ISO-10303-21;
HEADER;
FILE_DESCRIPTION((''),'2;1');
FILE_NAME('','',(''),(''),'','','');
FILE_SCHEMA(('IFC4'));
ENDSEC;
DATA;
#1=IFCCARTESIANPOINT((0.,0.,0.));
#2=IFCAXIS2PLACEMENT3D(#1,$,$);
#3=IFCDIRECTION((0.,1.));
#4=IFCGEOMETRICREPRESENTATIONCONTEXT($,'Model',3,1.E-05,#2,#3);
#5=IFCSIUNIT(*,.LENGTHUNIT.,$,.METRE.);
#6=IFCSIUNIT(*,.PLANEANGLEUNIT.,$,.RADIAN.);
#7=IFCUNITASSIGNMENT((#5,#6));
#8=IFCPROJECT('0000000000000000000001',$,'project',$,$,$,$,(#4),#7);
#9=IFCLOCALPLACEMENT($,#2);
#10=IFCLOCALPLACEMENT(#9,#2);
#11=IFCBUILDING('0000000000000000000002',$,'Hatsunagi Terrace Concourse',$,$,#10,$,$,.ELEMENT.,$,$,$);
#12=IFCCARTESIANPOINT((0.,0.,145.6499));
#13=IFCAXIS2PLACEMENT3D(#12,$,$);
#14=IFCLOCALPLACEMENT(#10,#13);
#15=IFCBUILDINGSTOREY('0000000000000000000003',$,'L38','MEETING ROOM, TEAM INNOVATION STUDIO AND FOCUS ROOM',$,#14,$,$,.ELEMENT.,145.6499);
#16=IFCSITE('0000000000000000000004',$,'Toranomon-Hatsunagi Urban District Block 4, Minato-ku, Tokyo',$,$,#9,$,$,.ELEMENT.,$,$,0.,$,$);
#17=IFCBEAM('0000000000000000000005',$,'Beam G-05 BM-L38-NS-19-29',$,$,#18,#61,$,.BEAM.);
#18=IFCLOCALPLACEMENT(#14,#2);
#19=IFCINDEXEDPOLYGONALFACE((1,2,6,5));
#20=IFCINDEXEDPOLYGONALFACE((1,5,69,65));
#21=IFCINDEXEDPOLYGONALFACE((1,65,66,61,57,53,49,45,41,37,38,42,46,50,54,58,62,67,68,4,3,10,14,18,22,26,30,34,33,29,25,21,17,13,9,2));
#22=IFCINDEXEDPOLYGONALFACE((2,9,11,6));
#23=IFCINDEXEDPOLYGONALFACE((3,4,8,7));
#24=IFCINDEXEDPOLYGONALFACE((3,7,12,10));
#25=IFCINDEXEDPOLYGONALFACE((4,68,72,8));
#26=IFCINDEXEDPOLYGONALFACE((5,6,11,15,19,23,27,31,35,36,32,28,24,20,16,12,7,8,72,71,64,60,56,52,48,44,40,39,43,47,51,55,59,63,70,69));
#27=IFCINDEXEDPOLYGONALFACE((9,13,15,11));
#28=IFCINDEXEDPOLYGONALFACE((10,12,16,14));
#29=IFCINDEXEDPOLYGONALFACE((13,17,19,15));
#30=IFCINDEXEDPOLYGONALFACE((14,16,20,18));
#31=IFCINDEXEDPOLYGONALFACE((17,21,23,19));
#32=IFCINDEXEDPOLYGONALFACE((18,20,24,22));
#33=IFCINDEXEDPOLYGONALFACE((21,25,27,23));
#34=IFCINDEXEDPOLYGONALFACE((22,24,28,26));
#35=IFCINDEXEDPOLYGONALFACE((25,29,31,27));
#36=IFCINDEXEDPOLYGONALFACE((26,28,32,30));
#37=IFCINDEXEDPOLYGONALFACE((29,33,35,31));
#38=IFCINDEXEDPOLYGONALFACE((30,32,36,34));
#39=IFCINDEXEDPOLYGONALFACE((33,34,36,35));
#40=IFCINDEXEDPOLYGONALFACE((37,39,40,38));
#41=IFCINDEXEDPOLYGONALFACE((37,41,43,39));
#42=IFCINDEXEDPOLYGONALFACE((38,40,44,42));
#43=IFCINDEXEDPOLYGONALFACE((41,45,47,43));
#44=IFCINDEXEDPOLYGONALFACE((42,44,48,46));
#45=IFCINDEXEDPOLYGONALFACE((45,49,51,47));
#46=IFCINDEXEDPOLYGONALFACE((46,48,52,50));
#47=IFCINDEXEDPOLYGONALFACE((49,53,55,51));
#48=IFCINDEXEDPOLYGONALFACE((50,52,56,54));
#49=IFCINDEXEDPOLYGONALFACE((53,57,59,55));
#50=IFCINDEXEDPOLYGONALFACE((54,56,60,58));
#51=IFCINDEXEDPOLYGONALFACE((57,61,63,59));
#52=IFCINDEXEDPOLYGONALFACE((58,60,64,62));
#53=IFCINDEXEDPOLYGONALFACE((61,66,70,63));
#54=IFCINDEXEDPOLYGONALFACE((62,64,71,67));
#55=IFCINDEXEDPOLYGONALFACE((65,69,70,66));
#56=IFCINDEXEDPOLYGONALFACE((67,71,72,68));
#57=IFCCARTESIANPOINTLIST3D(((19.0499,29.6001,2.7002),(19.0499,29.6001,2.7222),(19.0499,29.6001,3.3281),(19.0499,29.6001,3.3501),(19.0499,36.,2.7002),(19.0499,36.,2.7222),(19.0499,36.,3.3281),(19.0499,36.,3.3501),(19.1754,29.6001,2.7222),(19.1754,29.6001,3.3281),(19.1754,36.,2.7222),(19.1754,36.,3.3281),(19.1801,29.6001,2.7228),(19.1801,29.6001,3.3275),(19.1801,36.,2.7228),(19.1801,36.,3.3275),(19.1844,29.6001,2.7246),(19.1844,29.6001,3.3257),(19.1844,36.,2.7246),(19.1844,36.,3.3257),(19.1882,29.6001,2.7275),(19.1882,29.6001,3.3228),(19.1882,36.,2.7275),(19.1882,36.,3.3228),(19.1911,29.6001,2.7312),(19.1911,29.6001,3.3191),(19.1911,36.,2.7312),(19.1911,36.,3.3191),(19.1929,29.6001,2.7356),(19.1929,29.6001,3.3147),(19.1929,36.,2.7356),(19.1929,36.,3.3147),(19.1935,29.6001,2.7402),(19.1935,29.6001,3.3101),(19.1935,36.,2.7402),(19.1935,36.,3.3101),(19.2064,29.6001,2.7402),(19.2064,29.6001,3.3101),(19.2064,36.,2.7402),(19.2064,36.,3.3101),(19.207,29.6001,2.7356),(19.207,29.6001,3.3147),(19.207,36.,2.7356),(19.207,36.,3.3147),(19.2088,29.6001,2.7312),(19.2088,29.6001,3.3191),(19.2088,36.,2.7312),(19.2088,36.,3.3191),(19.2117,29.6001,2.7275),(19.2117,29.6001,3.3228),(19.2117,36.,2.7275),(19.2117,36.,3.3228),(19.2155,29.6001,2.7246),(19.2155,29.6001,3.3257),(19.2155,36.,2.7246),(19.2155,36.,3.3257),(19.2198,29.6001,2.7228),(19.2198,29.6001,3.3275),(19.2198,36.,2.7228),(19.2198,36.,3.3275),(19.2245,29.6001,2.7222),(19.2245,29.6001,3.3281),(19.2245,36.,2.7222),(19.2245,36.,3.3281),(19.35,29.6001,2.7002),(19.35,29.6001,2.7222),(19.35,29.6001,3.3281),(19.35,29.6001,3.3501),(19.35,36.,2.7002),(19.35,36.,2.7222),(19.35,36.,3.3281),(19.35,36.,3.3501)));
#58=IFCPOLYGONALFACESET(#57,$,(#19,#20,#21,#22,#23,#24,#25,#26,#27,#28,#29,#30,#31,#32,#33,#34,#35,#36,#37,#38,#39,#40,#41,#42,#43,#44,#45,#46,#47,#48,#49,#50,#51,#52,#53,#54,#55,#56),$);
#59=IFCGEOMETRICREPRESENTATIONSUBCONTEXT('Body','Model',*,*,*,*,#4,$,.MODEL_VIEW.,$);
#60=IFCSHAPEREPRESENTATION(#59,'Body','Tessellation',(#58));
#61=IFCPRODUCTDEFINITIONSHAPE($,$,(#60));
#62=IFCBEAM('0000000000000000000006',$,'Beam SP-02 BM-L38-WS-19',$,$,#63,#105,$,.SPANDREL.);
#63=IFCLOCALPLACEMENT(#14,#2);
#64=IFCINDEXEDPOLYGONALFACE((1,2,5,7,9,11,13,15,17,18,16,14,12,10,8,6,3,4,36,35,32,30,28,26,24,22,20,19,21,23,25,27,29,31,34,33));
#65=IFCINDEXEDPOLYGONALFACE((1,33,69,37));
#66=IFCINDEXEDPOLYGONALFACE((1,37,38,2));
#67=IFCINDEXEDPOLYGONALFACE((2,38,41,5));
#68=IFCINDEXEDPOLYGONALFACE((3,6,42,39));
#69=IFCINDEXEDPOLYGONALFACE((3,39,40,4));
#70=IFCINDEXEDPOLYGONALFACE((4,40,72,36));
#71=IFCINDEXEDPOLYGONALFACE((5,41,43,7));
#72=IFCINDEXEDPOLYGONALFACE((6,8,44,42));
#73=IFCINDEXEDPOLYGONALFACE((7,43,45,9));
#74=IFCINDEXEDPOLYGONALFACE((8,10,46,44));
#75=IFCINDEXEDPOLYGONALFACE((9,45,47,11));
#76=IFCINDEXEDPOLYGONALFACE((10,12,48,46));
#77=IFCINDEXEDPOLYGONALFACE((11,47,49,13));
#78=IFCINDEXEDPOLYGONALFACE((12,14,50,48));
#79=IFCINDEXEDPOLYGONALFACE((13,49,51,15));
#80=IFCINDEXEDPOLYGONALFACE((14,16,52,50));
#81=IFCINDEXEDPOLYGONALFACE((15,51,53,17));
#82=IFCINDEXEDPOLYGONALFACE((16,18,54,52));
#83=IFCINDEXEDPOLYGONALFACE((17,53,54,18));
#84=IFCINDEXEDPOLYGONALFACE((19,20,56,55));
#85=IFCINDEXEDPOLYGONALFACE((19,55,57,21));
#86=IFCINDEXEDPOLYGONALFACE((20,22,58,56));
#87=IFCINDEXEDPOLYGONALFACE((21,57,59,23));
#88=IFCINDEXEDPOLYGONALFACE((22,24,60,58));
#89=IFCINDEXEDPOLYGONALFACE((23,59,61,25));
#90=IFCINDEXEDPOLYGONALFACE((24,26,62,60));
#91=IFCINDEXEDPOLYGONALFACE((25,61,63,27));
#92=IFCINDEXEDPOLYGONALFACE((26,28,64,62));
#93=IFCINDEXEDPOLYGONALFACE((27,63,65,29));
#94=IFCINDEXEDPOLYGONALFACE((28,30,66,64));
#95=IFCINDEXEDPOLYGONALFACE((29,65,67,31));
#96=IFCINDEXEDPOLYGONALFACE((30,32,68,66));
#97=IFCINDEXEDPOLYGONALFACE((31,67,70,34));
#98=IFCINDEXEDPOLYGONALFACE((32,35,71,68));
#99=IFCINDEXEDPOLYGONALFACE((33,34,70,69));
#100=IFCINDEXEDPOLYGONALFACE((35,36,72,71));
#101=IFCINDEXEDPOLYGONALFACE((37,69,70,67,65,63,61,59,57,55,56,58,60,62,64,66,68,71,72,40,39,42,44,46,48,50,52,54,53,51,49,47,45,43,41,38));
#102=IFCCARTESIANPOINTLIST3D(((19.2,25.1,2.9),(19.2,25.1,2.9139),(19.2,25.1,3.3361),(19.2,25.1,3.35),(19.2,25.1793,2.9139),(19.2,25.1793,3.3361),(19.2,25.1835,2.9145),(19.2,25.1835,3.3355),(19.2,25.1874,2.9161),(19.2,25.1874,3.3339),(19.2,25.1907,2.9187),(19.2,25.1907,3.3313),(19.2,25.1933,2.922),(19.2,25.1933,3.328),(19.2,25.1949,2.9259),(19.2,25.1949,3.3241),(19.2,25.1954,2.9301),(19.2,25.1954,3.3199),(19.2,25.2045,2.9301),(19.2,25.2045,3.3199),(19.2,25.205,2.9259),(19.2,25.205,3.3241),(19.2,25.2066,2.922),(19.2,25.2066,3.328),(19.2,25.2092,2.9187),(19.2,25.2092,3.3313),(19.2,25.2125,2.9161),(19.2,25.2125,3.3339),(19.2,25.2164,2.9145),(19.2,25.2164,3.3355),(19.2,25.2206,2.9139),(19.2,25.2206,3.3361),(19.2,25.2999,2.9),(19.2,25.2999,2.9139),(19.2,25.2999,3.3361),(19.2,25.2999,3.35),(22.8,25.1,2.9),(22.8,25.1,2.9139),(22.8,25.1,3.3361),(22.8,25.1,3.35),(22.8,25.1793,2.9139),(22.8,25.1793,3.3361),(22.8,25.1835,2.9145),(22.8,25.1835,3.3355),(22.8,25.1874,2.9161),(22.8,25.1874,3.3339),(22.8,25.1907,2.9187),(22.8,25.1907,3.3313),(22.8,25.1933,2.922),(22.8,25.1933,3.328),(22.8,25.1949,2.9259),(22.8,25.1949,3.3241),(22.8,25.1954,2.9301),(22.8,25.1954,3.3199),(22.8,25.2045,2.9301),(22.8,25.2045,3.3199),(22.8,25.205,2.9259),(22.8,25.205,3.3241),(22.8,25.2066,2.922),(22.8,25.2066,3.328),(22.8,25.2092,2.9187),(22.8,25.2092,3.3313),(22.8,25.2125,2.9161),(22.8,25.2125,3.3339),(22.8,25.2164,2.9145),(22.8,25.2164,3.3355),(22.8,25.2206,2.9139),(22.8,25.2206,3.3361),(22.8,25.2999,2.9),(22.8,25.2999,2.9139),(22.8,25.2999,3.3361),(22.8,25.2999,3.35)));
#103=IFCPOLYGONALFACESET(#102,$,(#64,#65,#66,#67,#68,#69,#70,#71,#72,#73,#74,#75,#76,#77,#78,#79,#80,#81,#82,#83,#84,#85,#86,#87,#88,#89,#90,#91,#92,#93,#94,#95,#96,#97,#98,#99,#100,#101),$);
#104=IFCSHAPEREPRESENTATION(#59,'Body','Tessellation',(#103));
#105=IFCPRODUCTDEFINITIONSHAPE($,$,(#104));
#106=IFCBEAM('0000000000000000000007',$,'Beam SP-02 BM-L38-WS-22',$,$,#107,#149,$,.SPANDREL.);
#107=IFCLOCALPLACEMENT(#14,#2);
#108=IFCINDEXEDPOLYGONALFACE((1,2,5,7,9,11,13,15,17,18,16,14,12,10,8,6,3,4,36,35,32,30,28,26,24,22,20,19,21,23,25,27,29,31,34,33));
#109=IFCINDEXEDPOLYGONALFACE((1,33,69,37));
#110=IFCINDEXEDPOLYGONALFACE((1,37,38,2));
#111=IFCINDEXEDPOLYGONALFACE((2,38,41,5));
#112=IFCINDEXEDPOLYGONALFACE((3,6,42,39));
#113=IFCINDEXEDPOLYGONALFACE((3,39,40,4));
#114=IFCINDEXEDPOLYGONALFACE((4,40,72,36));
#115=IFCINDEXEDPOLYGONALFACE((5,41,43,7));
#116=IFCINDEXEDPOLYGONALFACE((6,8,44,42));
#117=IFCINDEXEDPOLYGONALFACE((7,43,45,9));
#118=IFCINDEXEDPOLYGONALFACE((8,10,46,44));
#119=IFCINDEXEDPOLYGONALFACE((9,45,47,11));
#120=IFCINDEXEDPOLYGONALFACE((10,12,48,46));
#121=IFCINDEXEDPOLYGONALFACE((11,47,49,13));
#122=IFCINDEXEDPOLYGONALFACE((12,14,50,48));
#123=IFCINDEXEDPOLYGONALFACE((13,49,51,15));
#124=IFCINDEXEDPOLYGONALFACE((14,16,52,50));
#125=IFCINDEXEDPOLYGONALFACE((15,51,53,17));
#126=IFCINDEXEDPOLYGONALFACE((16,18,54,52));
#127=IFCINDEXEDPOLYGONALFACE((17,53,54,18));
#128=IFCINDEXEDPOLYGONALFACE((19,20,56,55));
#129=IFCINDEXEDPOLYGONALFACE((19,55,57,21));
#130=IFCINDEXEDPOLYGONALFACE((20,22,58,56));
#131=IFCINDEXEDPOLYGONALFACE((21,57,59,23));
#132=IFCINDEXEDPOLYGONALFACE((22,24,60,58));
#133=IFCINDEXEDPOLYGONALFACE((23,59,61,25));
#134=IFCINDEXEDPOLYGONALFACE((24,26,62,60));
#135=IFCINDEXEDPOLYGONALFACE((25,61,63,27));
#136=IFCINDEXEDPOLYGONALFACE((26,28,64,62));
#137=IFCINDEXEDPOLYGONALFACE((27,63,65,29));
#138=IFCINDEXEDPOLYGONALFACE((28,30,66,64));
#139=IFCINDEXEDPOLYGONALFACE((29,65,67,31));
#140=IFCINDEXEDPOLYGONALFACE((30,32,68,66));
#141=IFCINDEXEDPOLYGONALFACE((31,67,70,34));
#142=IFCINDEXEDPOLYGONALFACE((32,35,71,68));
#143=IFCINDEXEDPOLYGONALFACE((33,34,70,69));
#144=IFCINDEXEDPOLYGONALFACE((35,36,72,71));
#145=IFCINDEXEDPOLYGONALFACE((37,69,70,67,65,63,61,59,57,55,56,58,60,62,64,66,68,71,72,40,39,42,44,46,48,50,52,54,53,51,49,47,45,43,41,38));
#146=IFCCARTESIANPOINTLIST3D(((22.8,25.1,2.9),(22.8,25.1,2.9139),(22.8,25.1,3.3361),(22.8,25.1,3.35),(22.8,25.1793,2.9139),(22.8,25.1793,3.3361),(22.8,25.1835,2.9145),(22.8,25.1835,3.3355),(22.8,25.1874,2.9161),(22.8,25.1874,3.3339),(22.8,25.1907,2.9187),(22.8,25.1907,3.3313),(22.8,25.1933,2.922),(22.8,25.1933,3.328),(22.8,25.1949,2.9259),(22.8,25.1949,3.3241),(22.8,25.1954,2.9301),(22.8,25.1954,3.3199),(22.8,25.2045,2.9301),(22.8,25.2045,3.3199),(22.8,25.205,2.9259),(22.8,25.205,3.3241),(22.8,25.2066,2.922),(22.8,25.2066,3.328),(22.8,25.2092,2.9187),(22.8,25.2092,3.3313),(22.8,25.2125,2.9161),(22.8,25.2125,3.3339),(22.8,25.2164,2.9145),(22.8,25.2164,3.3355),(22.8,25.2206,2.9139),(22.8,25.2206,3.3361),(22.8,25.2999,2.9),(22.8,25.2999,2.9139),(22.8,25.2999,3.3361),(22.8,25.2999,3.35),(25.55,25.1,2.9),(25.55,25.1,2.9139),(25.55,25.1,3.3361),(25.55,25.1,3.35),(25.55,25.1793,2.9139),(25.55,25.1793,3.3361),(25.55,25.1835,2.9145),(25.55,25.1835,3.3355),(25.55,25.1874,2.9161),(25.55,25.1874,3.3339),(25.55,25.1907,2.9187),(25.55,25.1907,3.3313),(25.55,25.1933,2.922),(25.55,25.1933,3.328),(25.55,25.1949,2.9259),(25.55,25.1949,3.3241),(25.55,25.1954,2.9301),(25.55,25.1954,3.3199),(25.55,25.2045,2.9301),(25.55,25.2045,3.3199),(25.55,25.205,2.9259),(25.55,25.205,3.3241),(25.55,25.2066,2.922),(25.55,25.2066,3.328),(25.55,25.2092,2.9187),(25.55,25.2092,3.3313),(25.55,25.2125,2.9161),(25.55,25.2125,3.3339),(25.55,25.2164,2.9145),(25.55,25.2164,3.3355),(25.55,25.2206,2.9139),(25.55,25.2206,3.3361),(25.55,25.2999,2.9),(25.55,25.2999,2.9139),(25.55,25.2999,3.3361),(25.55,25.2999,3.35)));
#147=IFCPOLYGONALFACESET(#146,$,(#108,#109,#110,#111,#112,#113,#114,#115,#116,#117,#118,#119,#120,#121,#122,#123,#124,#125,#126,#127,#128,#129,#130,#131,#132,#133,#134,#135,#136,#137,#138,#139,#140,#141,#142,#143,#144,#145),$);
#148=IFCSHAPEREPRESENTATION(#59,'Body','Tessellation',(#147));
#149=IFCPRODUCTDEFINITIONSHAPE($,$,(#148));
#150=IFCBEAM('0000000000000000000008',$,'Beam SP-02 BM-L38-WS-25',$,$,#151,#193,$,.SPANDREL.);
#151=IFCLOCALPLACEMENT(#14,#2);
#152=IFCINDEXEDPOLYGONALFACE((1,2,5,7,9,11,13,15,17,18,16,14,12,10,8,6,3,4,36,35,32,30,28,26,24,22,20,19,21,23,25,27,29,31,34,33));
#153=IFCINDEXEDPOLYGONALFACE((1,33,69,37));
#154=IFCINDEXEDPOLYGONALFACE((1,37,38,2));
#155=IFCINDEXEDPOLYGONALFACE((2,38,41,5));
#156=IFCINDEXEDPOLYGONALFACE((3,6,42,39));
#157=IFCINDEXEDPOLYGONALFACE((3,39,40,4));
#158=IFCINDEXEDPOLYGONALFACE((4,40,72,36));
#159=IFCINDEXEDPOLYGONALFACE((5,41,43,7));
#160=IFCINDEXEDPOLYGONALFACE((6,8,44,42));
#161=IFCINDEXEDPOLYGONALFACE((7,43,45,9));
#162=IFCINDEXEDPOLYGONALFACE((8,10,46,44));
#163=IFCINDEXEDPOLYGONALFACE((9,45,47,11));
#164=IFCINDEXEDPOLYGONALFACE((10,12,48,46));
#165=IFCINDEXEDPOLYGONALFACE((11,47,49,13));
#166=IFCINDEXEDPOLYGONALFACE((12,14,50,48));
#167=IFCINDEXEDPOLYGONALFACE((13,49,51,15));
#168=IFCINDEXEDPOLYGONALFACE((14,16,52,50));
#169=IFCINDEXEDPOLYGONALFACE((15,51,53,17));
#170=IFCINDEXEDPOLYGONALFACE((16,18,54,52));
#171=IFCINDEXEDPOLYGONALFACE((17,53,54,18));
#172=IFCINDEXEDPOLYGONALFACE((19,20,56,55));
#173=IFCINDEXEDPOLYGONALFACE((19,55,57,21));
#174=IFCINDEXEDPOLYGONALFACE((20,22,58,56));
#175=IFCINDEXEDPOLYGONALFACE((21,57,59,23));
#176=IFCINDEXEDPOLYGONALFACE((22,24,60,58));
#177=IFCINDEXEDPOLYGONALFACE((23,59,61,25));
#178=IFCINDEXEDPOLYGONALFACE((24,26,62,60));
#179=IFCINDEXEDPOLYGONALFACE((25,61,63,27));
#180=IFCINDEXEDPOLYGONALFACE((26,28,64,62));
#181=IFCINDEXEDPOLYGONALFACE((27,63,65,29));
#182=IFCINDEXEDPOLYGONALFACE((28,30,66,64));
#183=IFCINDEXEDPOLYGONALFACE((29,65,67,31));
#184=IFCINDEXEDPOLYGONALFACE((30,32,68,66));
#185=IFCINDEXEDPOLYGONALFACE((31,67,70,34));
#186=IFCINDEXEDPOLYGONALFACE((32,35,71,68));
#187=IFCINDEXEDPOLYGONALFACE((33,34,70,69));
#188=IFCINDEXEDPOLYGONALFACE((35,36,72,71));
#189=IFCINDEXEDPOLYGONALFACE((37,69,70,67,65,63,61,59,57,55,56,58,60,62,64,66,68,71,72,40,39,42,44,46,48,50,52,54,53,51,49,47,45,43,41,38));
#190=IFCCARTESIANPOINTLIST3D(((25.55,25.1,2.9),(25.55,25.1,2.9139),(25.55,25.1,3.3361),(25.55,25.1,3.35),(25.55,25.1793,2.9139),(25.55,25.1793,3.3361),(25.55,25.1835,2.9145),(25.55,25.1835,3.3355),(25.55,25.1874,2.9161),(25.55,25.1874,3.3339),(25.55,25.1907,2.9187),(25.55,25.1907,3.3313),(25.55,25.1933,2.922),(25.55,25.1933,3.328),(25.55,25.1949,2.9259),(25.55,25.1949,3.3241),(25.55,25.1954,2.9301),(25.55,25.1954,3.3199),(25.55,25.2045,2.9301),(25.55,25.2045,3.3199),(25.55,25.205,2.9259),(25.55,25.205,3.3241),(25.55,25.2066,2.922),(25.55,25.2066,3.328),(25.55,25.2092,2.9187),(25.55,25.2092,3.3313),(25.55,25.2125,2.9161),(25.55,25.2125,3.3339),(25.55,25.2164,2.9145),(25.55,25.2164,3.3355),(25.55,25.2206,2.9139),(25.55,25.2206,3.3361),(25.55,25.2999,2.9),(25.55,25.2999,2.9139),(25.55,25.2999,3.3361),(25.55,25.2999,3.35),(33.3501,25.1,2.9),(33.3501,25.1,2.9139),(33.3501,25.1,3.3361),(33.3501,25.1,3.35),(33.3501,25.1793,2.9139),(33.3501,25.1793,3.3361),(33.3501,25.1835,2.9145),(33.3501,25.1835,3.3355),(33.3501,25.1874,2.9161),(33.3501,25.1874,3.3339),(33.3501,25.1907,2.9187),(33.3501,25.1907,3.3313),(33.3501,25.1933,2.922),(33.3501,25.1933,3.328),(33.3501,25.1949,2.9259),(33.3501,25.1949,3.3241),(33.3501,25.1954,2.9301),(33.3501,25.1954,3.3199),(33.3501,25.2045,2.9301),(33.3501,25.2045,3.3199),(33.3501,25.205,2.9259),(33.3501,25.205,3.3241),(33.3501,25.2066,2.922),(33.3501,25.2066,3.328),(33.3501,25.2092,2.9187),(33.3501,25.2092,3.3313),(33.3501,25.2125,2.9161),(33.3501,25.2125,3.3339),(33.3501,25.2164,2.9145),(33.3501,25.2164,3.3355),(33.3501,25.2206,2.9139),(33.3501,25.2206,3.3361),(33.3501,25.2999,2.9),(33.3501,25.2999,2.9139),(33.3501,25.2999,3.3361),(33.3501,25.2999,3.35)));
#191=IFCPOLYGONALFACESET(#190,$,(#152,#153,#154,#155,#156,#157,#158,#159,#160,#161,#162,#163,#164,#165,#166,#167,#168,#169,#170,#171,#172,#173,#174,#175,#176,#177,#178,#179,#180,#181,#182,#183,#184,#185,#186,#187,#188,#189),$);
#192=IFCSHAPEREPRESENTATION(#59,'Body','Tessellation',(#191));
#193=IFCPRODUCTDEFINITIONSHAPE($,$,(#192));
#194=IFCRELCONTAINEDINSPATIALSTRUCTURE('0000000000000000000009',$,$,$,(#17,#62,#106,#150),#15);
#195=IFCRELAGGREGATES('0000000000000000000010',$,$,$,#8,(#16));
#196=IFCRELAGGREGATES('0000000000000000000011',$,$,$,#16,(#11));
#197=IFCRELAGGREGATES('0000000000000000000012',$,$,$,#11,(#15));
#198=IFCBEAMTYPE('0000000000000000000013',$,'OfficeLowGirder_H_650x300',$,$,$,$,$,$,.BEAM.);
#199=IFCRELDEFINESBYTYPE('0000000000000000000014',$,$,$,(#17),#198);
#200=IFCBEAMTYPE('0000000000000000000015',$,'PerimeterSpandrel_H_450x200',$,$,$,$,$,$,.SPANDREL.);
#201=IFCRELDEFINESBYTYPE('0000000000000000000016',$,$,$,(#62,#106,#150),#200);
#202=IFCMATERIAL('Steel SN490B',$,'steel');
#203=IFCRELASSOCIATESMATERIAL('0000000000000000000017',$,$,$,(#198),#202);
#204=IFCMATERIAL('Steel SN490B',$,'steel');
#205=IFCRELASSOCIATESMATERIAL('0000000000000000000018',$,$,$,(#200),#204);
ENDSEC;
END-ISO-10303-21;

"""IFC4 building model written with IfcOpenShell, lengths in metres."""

from ifc_helpers import new_model, si_unit, direction, frame, origin, origin_2d, place, context, subcontext, project, spatial, i_section, extrude, material, material_profile, profile_set, type_object, element, save


model = new_model("IFC4")

# Units and contexts
model_context = context("Model", 3, precision=1e-05, world=origin(), true_north=direction((0.0, 1.0)))
body_context = subcontext(model_context, "Body", "Model", "MODEL_VIEW")
ifc_project = project(units=[si_unit("LENGTHUNIT", "METRE"), si_unit("PLANEANGLEUNIT", "RADIAN")], contexts=[model_context])

# Site, building, storey
site_placement = place(None, origin())
site = spatial("IfcSite", under=ifc_project, at=site_placement, Name="Toranomon-Hatsunagi Urban District Block 4, Minato-ku, Tokyo", CompositionType="ELEMENT", RefElevation=0.0)
building_placement = place(site_placement, origin())
building = spatial("IfcBuilding", under=site, at=building_placement, Name="Hatsunagi Terrace Concourse", CompositionType="ELEMENT")
storey_placement = place(building_placement, frame((0.0, 0.0, 145.6499)))
storey = spatial("IfcBuildingStorey", under=building, at=storey_placement, Name="L38", Description="MEETING ROOM, TEAM INNOVATION STUDIO AND FOCUS ROOM", CompositionType="ELEMENT", Elevation=145.6499)

# Beams
ifc_material_1 = material(Name="Steel SN490B", Category="steel")
ifc_material_profile_1 = material_profile(ifc_material_1, i_section(OverallWidth=0.3, OverallDepth=0.6499, WebThickness=0.0129, FlangeThickness=0.022, FilletRadius=0.0181, at=origin_2d()), Name="H-650x300x13x22")
ifc_profile_set_1 = profile_set([ifc_material_profile_1], Name="Steel SN490B")
beam_type_1 = type_object("IfcBeamType", Name="OfficeLowGirder_H_650x300", PredefinedType="BEAM", material=ifc_profile_set_1)
beam_1_placement = place(storey_placement, frame((19.2, 29.6001, 3.0251), z_axis=(0.0, 1.0, 0.0), x_axis=(-1.0, 0.0, 0.0)))
element("IfcBeam", 1, at=beam_1_placement, inside=storey, type_object=beam_type_1, Name="Beam G-05 BM-L38-NS-19-29", PredefinedType="BEAM", context=body_context, shape_type="SweptSolid", body=[
    extrude(i_section(OverallWidth=0.3, OverallDepth=0.6499, WebThickness=0.0129, FlangeThickness=0.022, FilletRadius=0.0181, at=origin_2d()), origin(), (0.0, 0.0, 1.0), 6.3999),
])
ifc_material_2 = material(Name="Steel SN490B", Category="steel")
ifc_material_profile_2 = material_profile(ifc_material_2, i_section(OverallWidth=0.2, OverallDepth=0.45, WebThickness=0.009, FlangeThickness=0.0139, FilletRadius=0.0161, at=origin_2d()), Name="H-450x200x9x14")
ifc_profile_set_2 = profile_set([ifc_material_profile_2], Name="Steel SN490B")
beam_type_2 = type_object("IfcBeamType", Name="PerimeterSpandrel_H_450x200", PredefinedType="SPANDREL", material=ifc_profile_set_2)
beam_2_placement = place(storey_placement, frame((19.2, 25.2, 3.125), z_axis=(1.0, 0.0, 0.0), x_axis=(0.0, 1.0, 0.0)))
element("IfcBeam", 2, at=beam_2_placement, inside=storey, type_object=beam_type_2, Name="Beam SP-02 BM-L38-WS-19", PredefinedType="SPANDREL", context=body_context, shape_type="SweptSolid", body=[
    extrude(i_section(OverallWidth=0.2, OverallDepth=0.45, WebThickness=0.009, FlangeThickness=0.0139, FilletRadius=0.0161, at=origin_2d()), origin(), (0.0, 0.0, 1.0), 3.6001),
])
beam_3_placement = place(storey_placement, frame((22.8, 25.2, 3.125), z_axis=(1.0, 0.0, 0.0), x_axis=(0.0, 1.0, 0.0)))
element("IfcBeam", 3, at=beam_3_placement, inside=storey, type_object=beam_type_2, Name="Beam SP-02 BM-L38-WS-22", PredefinedType="SPANDREL", context=body_context, shape_type="SweptSolid", body=[
    extrude(i_section(OverallWidth=0.2, OverallDepth=0.45, WebThickness=0.009, FlangeThickness=0.0139, FilletRadius=0.0161, at=origin_2d()), origin(), (0.0, 0.0, 1.0), 2.75),
])
beam_4_placement = place(storey_placement, frame((25.55, 25.2, 3.125), z_axis=(1.0, 0.0, 0.0), x_axis=(0.0, 1.0, 0.0)))
element("IfcBeam", 4, at=beam_4_placement, inside=storey, type_object=beam_type_2, Name="Beam SP-02 BM-L38-WS-25", PredefinedType="SPANDREL", context=body_context, shape_type="SweptSolid", body=[
    extrude(i_section(OverallWidth=0.2, OverallDepth=0.45, WebThickness=0.009, FlangeThickness=0.0139, FilletRadius=0.0161, at=origin_2d()), origin(), (0.0, 0.0, 1.0), 7.8),
])

save(model, "model.ifc")
